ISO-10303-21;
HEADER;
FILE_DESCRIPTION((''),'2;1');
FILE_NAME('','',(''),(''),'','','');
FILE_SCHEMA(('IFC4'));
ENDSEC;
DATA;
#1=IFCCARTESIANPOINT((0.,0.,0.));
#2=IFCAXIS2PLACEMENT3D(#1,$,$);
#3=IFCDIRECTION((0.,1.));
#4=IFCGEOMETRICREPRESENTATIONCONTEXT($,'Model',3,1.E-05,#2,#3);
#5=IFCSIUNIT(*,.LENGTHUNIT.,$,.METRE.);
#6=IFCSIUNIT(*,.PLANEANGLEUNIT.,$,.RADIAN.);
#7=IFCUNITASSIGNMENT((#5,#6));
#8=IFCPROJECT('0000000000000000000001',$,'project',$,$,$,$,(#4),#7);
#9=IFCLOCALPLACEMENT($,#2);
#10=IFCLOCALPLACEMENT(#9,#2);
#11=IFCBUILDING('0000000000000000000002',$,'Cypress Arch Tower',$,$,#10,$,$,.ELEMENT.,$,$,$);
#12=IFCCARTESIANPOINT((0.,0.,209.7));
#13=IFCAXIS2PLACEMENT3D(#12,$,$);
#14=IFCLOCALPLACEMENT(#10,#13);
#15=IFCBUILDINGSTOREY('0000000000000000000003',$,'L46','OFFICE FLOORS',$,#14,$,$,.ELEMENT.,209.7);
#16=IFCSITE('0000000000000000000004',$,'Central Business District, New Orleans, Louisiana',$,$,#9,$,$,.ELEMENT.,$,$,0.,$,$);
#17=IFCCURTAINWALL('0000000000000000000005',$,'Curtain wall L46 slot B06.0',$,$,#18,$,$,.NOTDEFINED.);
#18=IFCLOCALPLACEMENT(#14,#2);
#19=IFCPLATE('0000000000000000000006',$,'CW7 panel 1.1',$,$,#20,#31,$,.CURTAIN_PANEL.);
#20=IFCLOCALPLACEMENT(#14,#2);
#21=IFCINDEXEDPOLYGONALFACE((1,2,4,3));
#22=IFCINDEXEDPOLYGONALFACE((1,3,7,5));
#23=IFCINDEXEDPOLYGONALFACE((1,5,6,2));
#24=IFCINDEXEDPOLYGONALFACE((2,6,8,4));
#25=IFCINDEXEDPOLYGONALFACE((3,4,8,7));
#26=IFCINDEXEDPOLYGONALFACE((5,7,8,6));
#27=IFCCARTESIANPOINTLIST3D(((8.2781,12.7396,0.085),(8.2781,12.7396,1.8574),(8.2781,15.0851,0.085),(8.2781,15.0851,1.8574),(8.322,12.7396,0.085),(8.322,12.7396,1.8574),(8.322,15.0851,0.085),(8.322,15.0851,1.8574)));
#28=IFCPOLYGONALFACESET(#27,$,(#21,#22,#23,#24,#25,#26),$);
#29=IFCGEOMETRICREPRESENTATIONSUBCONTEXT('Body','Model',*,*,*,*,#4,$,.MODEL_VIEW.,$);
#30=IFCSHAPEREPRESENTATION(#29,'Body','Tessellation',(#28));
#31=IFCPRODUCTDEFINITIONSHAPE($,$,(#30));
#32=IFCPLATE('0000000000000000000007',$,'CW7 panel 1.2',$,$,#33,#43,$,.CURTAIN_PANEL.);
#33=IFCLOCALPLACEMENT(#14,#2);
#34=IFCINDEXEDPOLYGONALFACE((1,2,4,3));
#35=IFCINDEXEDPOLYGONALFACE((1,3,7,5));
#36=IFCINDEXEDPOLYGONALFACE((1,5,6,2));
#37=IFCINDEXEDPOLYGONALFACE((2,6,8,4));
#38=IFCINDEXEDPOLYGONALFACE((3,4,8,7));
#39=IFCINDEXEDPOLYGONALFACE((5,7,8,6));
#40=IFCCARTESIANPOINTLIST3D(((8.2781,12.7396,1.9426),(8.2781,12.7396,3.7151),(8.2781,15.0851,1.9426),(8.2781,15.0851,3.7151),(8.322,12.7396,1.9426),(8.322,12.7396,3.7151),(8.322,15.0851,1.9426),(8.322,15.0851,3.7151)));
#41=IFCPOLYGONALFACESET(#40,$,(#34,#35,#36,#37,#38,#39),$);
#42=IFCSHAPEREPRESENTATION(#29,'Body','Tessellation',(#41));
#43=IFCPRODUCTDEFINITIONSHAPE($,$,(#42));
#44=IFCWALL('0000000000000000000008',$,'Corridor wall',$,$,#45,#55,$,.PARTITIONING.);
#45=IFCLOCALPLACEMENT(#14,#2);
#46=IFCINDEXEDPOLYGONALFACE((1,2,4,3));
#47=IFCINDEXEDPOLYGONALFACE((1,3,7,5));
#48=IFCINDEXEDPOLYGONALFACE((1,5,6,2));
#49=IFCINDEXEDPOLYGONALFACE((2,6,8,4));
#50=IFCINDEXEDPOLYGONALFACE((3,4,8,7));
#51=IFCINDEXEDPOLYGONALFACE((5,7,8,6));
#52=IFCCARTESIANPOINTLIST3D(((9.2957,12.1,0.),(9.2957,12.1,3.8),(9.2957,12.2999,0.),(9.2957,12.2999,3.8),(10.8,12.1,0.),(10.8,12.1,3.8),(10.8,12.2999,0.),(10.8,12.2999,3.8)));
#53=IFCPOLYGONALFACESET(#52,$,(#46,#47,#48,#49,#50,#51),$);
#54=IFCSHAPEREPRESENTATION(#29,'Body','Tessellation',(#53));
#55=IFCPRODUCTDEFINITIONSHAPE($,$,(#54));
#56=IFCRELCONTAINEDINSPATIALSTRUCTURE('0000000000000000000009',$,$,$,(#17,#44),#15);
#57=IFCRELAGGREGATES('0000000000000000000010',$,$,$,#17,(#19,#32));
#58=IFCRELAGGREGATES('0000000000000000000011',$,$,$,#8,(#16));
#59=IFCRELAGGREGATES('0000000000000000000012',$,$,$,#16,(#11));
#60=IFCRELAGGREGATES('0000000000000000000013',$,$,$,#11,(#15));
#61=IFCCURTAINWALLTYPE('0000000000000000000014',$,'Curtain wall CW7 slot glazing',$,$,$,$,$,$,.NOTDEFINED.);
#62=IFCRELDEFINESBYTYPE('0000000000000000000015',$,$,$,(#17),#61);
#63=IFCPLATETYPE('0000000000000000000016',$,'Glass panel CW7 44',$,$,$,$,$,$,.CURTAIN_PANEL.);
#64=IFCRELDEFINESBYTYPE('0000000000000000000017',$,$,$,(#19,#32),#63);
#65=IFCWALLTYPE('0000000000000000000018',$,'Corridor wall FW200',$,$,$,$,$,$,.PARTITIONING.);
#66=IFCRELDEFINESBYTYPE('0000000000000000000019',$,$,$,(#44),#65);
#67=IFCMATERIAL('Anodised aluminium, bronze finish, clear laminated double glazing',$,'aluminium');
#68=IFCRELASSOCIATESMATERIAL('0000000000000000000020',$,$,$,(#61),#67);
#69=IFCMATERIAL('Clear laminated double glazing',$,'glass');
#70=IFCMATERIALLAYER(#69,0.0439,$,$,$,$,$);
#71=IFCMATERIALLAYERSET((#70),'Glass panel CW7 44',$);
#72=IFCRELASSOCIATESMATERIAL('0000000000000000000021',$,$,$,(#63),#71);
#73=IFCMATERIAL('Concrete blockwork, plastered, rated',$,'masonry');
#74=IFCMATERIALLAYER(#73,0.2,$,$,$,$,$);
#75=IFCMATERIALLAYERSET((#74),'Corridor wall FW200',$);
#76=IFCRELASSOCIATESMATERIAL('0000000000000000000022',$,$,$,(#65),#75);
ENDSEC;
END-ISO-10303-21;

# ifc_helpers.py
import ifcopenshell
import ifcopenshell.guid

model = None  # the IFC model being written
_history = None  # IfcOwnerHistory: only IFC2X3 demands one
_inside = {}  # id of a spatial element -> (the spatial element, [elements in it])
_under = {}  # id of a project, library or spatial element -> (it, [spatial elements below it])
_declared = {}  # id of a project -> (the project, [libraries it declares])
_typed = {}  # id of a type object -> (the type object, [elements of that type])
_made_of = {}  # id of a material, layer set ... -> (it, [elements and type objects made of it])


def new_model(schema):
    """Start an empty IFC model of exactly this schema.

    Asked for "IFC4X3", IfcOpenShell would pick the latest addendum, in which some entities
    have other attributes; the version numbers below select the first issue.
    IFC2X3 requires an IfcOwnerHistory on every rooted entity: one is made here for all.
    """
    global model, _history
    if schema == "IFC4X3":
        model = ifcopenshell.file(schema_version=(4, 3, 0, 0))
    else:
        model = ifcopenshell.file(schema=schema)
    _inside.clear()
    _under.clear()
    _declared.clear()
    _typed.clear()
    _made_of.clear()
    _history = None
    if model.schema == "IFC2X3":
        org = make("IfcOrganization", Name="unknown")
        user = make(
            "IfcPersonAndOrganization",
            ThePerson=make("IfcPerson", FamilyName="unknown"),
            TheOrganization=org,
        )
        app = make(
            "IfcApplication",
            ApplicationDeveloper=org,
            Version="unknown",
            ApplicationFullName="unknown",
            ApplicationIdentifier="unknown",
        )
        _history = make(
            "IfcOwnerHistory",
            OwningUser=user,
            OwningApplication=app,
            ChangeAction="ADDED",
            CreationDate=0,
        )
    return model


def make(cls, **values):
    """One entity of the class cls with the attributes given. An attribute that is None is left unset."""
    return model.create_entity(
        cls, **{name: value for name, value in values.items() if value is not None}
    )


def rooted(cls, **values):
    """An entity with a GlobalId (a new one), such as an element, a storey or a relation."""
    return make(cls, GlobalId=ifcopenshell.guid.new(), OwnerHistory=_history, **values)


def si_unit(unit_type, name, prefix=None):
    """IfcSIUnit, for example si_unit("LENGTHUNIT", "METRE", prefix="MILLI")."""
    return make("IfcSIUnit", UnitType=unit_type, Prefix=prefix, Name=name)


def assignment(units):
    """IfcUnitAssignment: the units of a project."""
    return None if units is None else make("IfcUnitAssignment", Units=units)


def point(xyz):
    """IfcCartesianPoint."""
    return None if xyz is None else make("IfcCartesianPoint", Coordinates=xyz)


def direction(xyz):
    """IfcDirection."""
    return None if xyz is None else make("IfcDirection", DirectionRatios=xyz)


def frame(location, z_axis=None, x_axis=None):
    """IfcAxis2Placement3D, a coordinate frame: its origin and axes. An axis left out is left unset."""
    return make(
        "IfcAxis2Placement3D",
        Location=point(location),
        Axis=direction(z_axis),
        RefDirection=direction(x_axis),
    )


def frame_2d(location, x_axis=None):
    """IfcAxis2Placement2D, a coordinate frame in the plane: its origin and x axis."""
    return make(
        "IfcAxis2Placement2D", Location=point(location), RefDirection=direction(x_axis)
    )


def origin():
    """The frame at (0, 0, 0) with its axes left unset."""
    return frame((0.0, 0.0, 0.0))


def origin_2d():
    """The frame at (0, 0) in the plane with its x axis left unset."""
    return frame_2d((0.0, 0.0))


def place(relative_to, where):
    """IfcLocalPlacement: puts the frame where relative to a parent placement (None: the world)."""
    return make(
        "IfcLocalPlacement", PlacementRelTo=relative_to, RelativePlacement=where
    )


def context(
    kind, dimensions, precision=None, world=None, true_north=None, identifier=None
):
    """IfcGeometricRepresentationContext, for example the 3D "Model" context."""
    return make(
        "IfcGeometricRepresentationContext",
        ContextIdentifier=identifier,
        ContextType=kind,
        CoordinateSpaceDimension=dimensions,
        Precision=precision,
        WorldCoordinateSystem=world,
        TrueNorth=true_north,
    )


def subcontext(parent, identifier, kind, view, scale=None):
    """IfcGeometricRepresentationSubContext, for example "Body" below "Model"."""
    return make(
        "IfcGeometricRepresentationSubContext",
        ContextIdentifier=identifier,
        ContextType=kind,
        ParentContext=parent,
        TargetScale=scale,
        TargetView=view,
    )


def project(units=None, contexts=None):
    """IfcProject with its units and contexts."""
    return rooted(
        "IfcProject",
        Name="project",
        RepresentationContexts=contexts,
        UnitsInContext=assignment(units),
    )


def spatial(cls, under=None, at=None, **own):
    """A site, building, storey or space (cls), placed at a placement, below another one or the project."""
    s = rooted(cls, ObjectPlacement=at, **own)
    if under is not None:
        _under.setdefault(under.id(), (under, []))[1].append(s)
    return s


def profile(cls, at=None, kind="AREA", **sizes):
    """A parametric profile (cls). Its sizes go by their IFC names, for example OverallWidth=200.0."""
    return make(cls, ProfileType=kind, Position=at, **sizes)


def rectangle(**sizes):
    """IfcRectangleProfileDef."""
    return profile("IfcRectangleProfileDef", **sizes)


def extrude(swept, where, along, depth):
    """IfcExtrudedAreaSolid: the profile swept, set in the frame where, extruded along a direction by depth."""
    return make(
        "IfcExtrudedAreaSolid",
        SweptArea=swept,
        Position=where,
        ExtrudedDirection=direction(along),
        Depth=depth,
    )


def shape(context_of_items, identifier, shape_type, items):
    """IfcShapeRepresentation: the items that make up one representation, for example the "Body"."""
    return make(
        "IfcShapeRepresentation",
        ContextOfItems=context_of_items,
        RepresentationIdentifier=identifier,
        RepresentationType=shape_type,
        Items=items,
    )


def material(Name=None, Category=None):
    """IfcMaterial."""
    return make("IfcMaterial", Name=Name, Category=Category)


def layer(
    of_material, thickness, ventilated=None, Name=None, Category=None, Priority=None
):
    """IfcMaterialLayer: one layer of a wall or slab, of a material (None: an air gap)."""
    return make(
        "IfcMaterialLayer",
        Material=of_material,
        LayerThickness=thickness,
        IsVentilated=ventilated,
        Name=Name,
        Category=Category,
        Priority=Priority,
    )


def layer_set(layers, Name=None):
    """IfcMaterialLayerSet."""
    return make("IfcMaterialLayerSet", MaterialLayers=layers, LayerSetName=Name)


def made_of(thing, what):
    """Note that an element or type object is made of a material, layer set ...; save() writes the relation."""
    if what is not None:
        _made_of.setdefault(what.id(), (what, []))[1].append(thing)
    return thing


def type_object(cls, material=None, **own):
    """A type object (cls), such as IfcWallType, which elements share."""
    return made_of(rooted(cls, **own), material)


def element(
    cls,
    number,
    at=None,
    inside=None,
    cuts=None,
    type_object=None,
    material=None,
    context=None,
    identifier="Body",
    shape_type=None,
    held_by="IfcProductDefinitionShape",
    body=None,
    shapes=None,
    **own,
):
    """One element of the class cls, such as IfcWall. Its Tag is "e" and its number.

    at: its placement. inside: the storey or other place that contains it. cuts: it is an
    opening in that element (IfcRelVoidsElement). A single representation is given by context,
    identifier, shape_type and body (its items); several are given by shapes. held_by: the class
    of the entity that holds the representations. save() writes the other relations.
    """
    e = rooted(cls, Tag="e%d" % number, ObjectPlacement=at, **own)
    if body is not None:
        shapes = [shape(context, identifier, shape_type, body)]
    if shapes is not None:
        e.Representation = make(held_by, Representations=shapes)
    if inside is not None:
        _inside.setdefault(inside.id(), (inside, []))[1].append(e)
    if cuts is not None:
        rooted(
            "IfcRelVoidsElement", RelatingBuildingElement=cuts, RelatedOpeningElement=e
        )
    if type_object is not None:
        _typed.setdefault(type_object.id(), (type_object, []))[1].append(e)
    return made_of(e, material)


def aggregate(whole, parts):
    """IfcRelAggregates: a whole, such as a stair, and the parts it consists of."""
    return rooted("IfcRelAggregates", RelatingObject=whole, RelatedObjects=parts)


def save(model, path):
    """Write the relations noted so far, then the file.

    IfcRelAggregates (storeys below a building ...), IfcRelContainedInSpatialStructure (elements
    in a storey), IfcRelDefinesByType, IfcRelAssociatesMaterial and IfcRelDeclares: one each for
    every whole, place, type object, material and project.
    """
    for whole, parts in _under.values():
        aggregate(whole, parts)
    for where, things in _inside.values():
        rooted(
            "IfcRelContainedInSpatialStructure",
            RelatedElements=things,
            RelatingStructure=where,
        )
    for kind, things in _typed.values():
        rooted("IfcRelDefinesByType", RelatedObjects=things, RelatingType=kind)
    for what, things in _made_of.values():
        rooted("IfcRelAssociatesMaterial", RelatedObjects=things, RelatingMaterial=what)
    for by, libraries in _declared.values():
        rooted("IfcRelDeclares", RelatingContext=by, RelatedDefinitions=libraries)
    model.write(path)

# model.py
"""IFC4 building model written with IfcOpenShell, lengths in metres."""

from ifc_helpers import new_model, si_unit, direction, frame, frame_2d, origin, origin_2d, place, context, subcontext, project, spatial, rectangle, extrude, material, layer, layer_set, type_object, element, aggregate, save


model = new_model("IFC4")

# Units and contexts
model_context = context("Model", 3, precision=1e-05, world=origin(), true_north=direction((0.0, 1.0)))
body_context = subcontext(model_context, "Body", "Model", "MODEL_VIEW")
ifc_project = project(units=[si_unit("LENGTHUNIT", "METRE"), si_unit("PLANEANGLEUNIT", "RADIAN")], contexts=[model_context])

# Site, building, storey
site_placement = place(None, origin())
site = spatial("IfcSite", under=ifc_project, at=site_placement, Name="Central Business District, New Orleans, Louisiana", CompositionType="ELEMENT", RefElevation=0.0)
building_placement = place(site_placement, origin())
building = spatial("IfcBuilding", under=site, at=building_placement, Name="Cypress Arch Tower", CompositionType="ELEMENT")
storey_placement = place(building_placement, frame((0.0, 0.0, 209.7)))
storey = spatial("IfcBuildingStorey", under=building, at=storey_placement, Name="L46", Description="OFFICE FLOORS", CompositionType="ELEMENT", Elevation=209.7)

# Curtain wall
ifc_material_1 = material(Name="Anodised aluminium, bronze finish, clear laminated double glazing", Category="aluminium")
curtain_wall_type = type_object("IfcCurtainWallType", Name="Curtain wall CW7 slot glazing", PredefinedType="NOTDEFINED", material=ifc_material_1)
curtain_wall_placement = place(storey_placement, origin())
curtain_wall = element("IfcCurtainWall", 1, at=curtain_wall_placement, inside=storey, type_object=curtain_wall_type, Name="Curtain wall L46 slot B06.0", PredefinedType="NOTDEFINED")

# Plates
ifc_material_2 = material(Name="Clear laminated double glazing", Category="glass")
ifc_layer_1 = layer(ifc_material_2, 0.0439)
ifc_layer_set_1 = layer_set([ifc_layer_1], Name="Glass panel CW7 44")
plate_type = type_object("IfcPlateType", Name="Glass panel CW7 44", PredefinedType="CURTAIN_PANEL", material=ifc_layer_set_1)
plate_1_placement = place(storey_placement, frame((8.3, 13.9124, 0.085), z_axis=(0.0, 0.0, 1.0), x_axis=(0.0, -1.0, 0.0)))
plate_1 = element("IfcPlate", 2, at=plate_1_placement, type_object=plate_type, Name="CW7 panel 1.1", PredefinedType="CURTAIN_PANEL", context=body_context, shape_type="SweptSolid", body=[
    extrude(rectangle(XDim=2.3455, YDim=0.0439, at=origin_2d()), origin(), (0.0, 0.0, 1.0), 1.7725),
])
plate_2_placement = place(storey_placement, frame((8.3, 13.9124, 1.9426), z_axis=(0.0, 0.0, 1.0), x_axis=(0.0, -1.0, 0.0)))
plate_2 = element("IfcPlate", 3, at=plate_2_placement, type_object=plate_type, Name="CW7 panel 1.2", PredefinedType="CURTAIN_PANEL", context=body_context, shape_type="SweptSolid", body=[
    extrude(rectangle(XDim=2.3455, YDim=0.0439, at=origin_2d()), origin(), (0.0, 0.0, 1.0), 1.7725),
])
aggregate(curtain_wall, [plate_1, plate_2])

# Wall
ifc_material_3 = material(Name="Concrete blockwork, plastered, rated", Category="masonry")
ifc_layer_2 = layer(ifc_material_3, 0.2)
ifc_layer_set_2 = layer_set([ifc_layer_2], Name="Corridor wall FW200")
wall_type_1 = type_object("IfcWallType", Name="Corridor wall FW200", PredefinedType="PARTITIONING", material=ifc_layer_set_2)
wall_1_placement = place(storey_placement, frame((9.2957, 12.2, 0.0), z_axis=(0.0, 0.0, 1.0), x_axis=(1.0, 0.0, 0.0)))
element("IfcWall", 4, at=wall_1_placement, inside=storey, type_object=wall_type_1, Name="Corridor wall", PredefinedType="PARTITIONING", context=body_context, shape_type="SweptSolid", body=[
    extrude(rectangle(XDim=1.5044, YDim=0.2, at=frame_2d((0.7522, 0.0))), origin(), (0.0, 0.0, 1.0), 3.8),
])

save(model, "model.ifc")
